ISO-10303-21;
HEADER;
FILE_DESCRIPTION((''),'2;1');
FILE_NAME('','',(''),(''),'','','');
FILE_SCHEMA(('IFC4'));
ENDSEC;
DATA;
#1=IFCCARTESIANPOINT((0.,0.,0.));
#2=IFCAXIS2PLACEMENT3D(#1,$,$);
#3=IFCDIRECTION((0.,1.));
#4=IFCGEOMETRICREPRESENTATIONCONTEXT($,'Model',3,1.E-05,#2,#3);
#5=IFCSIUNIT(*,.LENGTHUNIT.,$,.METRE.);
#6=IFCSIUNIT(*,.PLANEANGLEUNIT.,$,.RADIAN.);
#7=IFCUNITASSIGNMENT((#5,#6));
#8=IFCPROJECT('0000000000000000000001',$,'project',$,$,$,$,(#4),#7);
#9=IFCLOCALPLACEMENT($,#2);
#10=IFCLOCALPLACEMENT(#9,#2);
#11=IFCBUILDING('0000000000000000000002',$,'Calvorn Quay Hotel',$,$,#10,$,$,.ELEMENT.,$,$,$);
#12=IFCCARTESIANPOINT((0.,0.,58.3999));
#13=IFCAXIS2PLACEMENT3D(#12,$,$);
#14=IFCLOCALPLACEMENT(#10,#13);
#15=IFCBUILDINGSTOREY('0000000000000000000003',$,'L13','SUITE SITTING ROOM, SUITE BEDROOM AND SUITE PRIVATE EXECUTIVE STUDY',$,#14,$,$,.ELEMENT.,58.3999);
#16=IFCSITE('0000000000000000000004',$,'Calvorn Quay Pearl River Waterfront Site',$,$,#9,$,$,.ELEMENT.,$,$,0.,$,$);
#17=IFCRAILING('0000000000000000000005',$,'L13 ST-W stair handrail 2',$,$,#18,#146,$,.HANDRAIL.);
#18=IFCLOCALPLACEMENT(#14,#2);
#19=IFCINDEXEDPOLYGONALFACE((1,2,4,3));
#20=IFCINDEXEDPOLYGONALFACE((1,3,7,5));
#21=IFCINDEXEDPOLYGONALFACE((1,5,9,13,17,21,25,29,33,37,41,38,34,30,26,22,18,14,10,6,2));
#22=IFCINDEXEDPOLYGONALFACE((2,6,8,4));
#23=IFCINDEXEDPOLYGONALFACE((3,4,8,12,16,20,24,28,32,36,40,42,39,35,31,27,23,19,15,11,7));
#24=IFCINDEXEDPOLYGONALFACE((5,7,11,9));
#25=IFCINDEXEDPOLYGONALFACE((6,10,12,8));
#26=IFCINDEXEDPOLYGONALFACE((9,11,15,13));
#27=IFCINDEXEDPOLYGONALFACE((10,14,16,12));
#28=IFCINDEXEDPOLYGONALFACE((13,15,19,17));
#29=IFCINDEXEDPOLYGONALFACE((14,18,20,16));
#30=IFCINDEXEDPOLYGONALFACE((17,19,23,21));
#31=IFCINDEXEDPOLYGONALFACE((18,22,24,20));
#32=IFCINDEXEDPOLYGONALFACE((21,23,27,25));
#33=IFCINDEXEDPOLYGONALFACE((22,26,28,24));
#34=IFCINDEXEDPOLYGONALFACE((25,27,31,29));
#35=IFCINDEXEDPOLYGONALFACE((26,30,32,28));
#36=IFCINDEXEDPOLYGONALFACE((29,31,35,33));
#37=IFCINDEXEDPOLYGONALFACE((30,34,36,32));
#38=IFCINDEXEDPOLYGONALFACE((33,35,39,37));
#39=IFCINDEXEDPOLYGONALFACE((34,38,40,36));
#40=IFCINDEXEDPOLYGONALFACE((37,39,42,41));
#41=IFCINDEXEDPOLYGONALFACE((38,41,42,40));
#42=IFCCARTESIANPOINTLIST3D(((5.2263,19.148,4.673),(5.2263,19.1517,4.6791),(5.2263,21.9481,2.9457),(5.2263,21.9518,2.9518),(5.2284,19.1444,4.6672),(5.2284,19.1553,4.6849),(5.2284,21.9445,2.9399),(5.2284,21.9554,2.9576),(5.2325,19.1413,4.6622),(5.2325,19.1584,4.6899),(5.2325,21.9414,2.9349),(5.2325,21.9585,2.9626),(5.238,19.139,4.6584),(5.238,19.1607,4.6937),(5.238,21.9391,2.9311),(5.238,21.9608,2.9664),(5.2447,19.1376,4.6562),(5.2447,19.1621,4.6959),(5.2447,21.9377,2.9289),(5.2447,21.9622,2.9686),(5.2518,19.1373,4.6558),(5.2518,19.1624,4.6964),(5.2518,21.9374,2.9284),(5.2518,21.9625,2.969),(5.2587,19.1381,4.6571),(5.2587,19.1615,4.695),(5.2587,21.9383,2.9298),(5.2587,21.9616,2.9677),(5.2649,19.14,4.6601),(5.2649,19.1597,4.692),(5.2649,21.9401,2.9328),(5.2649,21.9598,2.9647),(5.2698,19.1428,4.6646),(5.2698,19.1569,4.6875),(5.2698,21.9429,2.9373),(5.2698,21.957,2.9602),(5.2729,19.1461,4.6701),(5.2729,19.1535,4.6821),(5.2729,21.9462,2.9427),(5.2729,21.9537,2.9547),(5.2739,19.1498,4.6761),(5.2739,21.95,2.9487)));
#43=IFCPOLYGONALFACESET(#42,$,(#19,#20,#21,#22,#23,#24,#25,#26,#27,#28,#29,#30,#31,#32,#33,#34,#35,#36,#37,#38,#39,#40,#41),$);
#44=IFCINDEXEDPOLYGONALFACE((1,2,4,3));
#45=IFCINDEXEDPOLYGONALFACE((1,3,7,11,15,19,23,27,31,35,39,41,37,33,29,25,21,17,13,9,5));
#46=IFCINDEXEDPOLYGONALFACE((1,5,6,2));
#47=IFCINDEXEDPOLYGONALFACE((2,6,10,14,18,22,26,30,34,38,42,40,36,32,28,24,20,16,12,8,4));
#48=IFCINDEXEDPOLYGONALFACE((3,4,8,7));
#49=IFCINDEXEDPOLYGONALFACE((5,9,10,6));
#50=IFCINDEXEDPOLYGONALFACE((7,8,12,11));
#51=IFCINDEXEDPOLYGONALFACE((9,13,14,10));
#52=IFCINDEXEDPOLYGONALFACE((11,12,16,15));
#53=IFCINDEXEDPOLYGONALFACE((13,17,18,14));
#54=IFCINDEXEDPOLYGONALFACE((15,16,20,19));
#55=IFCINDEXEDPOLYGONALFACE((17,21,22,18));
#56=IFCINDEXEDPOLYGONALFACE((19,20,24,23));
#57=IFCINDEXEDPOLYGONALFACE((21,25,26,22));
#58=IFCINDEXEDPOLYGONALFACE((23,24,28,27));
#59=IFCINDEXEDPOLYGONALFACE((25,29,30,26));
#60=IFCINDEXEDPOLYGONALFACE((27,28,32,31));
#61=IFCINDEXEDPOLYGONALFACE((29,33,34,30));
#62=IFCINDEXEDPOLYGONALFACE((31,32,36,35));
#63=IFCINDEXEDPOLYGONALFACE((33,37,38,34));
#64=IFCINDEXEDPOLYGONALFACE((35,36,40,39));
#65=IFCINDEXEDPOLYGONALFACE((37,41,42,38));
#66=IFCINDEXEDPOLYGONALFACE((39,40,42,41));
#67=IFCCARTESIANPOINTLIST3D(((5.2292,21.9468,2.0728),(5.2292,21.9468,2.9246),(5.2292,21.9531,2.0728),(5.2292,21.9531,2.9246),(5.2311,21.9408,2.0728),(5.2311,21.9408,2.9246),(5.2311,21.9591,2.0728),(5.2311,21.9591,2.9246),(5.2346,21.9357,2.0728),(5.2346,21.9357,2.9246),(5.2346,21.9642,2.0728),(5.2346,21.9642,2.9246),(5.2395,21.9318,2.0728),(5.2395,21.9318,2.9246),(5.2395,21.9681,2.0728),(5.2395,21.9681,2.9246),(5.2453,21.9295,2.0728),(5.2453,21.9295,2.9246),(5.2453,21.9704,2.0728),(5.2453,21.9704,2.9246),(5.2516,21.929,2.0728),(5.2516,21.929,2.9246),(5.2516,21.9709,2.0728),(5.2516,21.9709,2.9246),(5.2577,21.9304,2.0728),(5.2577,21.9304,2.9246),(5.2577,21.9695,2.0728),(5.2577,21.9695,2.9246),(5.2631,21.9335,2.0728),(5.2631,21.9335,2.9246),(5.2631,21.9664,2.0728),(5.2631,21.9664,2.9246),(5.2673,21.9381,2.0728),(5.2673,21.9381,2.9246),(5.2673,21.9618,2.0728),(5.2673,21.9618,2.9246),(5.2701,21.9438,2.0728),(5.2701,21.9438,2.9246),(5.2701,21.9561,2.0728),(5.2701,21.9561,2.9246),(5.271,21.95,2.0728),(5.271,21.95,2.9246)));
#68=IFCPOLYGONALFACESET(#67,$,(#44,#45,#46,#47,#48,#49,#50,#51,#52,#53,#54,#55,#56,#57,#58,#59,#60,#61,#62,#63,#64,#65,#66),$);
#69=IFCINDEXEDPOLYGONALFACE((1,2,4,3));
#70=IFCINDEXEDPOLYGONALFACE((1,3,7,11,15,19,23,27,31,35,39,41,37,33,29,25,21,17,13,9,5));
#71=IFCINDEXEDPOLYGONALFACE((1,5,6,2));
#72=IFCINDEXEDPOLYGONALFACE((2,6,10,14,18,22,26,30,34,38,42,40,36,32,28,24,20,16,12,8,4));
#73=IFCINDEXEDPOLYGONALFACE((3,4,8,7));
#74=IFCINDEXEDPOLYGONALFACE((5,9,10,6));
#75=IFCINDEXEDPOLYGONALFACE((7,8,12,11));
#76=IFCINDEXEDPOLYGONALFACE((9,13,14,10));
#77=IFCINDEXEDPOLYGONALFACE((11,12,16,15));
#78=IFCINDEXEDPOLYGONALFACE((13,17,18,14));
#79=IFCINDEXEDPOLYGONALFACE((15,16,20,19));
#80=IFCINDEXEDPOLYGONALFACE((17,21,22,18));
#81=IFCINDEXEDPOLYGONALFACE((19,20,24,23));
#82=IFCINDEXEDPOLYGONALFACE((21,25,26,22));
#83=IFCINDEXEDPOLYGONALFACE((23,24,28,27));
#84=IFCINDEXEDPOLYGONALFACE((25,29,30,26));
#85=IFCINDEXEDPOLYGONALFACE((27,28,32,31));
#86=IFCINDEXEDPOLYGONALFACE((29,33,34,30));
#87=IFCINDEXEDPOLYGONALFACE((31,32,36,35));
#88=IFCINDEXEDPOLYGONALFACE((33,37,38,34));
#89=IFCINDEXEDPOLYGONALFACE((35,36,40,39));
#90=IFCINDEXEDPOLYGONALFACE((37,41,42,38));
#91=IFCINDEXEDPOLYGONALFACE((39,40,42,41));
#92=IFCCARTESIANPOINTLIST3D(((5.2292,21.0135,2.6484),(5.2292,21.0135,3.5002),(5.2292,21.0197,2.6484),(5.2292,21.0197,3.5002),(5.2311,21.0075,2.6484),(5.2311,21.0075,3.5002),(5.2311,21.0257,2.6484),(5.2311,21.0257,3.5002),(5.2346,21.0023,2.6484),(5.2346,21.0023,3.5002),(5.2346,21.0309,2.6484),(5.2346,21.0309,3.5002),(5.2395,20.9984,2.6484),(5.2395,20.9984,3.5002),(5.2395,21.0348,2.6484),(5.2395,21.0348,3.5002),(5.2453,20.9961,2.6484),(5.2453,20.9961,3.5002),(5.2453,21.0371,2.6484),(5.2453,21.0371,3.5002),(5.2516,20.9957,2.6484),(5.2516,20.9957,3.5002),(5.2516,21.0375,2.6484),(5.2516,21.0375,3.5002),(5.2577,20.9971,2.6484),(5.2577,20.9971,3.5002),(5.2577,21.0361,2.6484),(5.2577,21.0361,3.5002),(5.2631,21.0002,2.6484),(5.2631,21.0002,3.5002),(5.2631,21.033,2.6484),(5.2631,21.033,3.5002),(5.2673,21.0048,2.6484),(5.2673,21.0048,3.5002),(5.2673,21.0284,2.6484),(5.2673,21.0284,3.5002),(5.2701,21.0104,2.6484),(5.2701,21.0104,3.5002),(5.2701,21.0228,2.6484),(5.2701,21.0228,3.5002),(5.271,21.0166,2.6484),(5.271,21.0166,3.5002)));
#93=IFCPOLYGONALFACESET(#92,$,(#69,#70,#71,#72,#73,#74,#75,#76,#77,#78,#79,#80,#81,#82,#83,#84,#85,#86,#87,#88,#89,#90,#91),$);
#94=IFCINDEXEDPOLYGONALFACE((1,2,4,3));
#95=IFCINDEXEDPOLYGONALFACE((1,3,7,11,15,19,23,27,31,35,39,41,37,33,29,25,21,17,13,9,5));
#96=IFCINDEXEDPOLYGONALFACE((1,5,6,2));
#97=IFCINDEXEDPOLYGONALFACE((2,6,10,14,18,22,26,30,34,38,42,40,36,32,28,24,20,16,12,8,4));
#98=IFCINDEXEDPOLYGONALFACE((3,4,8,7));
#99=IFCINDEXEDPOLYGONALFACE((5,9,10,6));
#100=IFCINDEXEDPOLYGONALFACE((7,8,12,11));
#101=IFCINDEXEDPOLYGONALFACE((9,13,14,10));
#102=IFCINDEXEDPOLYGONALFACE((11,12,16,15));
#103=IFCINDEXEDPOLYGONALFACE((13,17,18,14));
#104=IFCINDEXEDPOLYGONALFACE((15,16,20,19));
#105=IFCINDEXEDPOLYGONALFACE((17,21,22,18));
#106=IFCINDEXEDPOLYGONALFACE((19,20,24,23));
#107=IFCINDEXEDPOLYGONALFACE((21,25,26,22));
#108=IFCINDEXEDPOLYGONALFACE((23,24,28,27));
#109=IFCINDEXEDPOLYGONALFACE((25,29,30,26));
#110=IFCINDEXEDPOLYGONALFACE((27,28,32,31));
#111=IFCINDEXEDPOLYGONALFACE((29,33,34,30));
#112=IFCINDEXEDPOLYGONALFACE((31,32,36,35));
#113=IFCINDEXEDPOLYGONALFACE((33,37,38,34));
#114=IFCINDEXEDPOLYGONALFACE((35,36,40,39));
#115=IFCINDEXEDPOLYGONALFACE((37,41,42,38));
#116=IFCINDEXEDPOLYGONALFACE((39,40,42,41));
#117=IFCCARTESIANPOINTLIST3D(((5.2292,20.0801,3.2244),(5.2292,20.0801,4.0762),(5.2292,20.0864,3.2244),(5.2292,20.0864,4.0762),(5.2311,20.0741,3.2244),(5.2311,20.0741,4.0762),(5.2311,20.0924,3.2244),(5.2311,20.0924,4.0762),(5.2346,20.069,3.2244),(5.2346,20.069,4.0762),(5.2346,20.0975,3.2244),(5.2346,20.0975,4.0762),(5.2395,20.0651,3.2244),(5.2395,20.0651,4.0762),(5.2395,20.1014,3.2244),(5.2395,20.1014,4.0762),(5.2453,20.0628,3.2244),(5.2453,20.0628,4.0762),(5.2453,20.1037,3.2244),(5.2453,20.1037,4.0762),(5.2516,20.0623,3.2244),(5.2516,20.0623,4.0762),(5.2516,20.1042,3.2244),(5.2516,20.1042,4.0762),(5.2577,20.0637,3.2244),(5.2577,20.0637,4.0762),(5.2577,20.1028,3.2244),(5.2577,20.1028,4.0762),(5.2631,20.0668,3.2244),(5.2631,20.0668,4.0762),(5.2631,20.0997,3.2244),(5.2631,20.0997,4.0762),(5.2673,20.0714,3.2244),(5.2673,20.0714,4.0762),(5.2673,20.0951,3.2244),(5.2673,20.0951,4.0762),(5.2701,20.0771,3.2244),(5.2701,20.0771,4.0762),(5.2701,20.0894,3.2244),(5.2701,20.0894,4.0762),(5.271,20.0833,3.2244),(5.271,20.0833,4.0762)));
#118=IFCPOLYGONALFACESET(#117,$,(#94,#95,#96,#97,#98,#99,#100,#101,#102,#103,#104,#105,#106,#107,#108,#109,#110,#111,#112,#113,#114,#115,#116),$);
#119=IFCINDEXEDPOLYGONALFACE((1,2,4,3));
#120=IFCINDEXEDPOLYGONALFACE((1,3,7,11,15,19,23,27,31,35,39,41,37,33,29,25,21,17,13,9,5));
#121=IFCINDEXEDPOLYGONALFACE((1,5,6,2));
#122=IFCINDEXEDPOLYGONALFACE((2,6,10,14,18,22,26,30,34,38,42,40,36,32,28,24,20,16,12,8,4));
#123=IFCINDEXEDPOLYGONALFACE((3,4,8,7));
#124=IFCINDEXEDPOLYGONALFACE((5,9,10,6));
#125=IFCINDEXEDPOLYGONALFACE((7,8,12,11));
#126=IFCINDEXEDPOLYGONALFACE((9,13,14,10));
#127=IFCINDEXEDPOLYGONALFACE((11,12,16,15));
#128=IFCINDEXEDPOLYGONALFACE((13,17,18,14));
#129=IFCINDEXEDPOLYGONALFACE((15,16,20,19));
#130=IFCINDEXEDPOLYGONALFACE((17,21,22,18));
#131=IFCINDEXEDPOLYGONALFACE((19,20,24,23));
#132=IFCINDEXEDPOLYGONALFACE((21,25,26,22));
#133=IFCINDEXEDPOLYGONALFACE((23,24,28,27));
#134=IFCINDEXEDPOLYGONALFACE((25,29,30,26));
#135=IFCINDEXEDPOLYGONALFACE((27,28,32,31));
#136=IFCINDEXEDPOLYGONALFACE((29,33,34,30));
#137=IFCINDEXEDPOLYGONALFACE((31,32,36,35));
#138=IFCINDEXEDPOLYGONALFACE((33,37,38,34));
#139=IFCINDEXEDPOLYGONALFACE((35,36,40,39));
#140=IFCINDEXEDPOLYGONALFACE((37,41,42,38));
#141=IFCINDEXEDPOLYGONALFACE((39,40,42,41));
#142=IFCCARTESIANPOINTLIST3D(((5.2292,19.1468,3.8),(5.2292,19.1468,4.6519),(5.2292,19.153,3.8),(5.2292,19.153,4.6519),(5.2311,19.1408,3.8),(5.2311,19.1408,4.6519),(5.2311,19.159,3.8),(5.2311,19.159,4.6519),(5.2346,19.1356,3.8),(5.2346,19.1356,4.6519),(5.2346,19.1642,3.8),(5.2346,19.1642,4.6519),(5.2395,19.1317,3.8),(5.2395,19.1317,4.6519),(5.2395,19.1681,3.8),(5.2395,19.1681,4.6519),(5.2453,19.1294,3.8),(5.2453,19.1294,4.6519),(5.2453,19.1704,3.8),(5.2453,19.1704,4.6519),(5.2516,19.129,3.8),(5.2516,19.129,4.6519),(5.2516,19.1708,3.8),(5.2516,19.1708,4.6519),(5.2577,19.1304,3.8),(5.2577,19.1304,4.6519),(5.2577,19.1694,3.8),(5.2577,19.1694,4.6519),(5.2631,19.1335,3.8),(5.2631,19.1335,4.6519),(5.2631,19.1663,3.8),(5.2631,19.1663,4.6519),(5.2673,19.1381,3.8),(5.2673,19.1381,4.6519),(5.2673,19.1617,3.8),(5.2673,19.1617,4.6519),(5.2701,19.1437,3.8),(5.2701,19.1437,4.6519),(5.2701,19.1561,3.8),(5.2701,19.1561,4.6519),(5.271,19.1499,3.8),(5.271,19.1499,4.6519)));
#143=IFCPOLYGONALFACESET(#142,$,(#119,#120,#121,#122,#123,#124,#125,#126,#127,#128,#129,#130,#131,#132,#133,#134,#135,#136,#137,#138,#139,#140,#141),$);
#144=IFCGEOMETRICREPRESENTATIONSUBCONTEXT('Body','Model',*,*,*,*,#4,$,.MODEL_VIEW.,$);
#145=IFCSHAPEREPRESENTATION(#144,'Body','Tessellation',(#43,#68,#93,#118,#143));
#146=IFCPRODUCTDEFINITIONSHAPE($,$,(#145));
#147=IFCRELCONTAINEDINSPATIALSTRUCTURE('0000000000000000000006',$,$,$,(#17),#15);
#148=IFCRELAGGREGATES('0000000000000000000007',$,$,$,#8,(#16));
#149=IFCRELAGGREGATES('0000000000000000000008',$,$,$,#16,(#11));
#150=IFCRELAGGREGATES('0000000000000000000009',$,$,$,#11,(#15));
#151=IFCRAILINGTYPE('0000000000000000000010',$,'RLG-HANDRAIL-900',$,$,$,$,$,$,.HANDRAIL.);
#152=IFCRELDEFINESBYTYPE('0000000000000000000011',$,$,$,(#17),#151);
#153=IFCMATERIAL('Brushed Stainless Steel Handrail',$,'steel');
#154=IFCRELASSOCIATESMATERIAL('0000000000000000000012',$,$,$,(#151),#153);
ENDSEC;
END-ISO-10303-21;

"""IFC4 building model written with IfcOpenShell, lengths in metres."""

from ifc_helpers import new_model, si_unit, direction, frame, origin, origin_2d, place, context, subcontext, project, spatial, circle, extrude, material, type_object, element, save


model = new_model("IFC4")

# Units and contexts
model_context = context("Model", 3, precision=1e-05, world=origin(), true_north=direction((0.0, 1.0)))
body_context = subcontext(model_context, "Body", "Model", "MODEL_VIEW")
ifc_project = project(units=[si_unit("LENGTHUNIT", "METRE"), si_unit("PLANEANGLEUNIT", "RADIAN")], contexts=[model_context])

# Site, building, storey
site_placement = place(None, origin())
site = spatial("IfcSite", under=ifc_project, at=site_placement, Name="Calvorn Quay Pearl River Waterfront Site", CompositionType="ELEMENT", RefElevation=0.0)
building_placement = place(site_placement, origin())
building = spatial("IfcBuilding", under=site, at=building_placement, Name="Calvorn Quay Hotel", CompositionType="ELEMENT")
storey_placement = place(building_placement, frame((0.0, 0.0, 58.3999)))
storey = spatial("IfcBuildingStorey", under=building, at=storey_placement, Name="L13", Description="SUITE SITTING ROOM, SUITE BEDROOM AND SUITE PRIVATE EXECUTIVE STUDY", CompositionType="ELEMENT", Elevation=58.3999)

# Railing
ifc_material_1 = material(Name="Brushed Stainless Steel Handrail", Category="steel")
railing_type_1 = type_object("IfcRailingType", Name="RLG-HANDRAIL-900", PredefinedType="HANDRAIL", material=ifc_material_1)
railing_1_placement = place(storey_placement, frame((5.25, 21.95, 2.0728)))
element("IfcRailing", 1, at=railing_1_placement, inside=storey, type_object=railing_type_1, Name="L13 ST-W stair handrail 2", PredefinedType="HANDRAIL", context=body_context, shape_type="SweptSolid", body=[
    extrude(circle(Radius=0.0239, at=origin_2d()), frame((0.0, 0.0, 0.876), z_axis=(0.0, -0.85109, 0.52502), x_axis=(1.0, 0.0, 0.0)), (0.0, 0.0, 1.0), 3.29),
    extrude(circle(Radius=0.021, at=origin_2d()), origin(), (0.0, 0.0, 1.0), 0.8518),
    extrude(circle(Radius=0.021, at=origin_2d()), frame((0.0, -0.9333, 0.5757)), (0.0, 0.0, 1.0), 0.8518),
    extrude(circle(Radius=0.021, at=origin_2d()), frame((0.0, -1.8667, 1.1516)), (0.0, 0.0, 1.0), 0.8518),
    extrude(circle(Radius=0.021, at=origin_2d()), frame((0.0, -2.8, 1.7273)), (0.0, 0.0, 1.0), 0.8518),
])

save(model, "model.ifc")
